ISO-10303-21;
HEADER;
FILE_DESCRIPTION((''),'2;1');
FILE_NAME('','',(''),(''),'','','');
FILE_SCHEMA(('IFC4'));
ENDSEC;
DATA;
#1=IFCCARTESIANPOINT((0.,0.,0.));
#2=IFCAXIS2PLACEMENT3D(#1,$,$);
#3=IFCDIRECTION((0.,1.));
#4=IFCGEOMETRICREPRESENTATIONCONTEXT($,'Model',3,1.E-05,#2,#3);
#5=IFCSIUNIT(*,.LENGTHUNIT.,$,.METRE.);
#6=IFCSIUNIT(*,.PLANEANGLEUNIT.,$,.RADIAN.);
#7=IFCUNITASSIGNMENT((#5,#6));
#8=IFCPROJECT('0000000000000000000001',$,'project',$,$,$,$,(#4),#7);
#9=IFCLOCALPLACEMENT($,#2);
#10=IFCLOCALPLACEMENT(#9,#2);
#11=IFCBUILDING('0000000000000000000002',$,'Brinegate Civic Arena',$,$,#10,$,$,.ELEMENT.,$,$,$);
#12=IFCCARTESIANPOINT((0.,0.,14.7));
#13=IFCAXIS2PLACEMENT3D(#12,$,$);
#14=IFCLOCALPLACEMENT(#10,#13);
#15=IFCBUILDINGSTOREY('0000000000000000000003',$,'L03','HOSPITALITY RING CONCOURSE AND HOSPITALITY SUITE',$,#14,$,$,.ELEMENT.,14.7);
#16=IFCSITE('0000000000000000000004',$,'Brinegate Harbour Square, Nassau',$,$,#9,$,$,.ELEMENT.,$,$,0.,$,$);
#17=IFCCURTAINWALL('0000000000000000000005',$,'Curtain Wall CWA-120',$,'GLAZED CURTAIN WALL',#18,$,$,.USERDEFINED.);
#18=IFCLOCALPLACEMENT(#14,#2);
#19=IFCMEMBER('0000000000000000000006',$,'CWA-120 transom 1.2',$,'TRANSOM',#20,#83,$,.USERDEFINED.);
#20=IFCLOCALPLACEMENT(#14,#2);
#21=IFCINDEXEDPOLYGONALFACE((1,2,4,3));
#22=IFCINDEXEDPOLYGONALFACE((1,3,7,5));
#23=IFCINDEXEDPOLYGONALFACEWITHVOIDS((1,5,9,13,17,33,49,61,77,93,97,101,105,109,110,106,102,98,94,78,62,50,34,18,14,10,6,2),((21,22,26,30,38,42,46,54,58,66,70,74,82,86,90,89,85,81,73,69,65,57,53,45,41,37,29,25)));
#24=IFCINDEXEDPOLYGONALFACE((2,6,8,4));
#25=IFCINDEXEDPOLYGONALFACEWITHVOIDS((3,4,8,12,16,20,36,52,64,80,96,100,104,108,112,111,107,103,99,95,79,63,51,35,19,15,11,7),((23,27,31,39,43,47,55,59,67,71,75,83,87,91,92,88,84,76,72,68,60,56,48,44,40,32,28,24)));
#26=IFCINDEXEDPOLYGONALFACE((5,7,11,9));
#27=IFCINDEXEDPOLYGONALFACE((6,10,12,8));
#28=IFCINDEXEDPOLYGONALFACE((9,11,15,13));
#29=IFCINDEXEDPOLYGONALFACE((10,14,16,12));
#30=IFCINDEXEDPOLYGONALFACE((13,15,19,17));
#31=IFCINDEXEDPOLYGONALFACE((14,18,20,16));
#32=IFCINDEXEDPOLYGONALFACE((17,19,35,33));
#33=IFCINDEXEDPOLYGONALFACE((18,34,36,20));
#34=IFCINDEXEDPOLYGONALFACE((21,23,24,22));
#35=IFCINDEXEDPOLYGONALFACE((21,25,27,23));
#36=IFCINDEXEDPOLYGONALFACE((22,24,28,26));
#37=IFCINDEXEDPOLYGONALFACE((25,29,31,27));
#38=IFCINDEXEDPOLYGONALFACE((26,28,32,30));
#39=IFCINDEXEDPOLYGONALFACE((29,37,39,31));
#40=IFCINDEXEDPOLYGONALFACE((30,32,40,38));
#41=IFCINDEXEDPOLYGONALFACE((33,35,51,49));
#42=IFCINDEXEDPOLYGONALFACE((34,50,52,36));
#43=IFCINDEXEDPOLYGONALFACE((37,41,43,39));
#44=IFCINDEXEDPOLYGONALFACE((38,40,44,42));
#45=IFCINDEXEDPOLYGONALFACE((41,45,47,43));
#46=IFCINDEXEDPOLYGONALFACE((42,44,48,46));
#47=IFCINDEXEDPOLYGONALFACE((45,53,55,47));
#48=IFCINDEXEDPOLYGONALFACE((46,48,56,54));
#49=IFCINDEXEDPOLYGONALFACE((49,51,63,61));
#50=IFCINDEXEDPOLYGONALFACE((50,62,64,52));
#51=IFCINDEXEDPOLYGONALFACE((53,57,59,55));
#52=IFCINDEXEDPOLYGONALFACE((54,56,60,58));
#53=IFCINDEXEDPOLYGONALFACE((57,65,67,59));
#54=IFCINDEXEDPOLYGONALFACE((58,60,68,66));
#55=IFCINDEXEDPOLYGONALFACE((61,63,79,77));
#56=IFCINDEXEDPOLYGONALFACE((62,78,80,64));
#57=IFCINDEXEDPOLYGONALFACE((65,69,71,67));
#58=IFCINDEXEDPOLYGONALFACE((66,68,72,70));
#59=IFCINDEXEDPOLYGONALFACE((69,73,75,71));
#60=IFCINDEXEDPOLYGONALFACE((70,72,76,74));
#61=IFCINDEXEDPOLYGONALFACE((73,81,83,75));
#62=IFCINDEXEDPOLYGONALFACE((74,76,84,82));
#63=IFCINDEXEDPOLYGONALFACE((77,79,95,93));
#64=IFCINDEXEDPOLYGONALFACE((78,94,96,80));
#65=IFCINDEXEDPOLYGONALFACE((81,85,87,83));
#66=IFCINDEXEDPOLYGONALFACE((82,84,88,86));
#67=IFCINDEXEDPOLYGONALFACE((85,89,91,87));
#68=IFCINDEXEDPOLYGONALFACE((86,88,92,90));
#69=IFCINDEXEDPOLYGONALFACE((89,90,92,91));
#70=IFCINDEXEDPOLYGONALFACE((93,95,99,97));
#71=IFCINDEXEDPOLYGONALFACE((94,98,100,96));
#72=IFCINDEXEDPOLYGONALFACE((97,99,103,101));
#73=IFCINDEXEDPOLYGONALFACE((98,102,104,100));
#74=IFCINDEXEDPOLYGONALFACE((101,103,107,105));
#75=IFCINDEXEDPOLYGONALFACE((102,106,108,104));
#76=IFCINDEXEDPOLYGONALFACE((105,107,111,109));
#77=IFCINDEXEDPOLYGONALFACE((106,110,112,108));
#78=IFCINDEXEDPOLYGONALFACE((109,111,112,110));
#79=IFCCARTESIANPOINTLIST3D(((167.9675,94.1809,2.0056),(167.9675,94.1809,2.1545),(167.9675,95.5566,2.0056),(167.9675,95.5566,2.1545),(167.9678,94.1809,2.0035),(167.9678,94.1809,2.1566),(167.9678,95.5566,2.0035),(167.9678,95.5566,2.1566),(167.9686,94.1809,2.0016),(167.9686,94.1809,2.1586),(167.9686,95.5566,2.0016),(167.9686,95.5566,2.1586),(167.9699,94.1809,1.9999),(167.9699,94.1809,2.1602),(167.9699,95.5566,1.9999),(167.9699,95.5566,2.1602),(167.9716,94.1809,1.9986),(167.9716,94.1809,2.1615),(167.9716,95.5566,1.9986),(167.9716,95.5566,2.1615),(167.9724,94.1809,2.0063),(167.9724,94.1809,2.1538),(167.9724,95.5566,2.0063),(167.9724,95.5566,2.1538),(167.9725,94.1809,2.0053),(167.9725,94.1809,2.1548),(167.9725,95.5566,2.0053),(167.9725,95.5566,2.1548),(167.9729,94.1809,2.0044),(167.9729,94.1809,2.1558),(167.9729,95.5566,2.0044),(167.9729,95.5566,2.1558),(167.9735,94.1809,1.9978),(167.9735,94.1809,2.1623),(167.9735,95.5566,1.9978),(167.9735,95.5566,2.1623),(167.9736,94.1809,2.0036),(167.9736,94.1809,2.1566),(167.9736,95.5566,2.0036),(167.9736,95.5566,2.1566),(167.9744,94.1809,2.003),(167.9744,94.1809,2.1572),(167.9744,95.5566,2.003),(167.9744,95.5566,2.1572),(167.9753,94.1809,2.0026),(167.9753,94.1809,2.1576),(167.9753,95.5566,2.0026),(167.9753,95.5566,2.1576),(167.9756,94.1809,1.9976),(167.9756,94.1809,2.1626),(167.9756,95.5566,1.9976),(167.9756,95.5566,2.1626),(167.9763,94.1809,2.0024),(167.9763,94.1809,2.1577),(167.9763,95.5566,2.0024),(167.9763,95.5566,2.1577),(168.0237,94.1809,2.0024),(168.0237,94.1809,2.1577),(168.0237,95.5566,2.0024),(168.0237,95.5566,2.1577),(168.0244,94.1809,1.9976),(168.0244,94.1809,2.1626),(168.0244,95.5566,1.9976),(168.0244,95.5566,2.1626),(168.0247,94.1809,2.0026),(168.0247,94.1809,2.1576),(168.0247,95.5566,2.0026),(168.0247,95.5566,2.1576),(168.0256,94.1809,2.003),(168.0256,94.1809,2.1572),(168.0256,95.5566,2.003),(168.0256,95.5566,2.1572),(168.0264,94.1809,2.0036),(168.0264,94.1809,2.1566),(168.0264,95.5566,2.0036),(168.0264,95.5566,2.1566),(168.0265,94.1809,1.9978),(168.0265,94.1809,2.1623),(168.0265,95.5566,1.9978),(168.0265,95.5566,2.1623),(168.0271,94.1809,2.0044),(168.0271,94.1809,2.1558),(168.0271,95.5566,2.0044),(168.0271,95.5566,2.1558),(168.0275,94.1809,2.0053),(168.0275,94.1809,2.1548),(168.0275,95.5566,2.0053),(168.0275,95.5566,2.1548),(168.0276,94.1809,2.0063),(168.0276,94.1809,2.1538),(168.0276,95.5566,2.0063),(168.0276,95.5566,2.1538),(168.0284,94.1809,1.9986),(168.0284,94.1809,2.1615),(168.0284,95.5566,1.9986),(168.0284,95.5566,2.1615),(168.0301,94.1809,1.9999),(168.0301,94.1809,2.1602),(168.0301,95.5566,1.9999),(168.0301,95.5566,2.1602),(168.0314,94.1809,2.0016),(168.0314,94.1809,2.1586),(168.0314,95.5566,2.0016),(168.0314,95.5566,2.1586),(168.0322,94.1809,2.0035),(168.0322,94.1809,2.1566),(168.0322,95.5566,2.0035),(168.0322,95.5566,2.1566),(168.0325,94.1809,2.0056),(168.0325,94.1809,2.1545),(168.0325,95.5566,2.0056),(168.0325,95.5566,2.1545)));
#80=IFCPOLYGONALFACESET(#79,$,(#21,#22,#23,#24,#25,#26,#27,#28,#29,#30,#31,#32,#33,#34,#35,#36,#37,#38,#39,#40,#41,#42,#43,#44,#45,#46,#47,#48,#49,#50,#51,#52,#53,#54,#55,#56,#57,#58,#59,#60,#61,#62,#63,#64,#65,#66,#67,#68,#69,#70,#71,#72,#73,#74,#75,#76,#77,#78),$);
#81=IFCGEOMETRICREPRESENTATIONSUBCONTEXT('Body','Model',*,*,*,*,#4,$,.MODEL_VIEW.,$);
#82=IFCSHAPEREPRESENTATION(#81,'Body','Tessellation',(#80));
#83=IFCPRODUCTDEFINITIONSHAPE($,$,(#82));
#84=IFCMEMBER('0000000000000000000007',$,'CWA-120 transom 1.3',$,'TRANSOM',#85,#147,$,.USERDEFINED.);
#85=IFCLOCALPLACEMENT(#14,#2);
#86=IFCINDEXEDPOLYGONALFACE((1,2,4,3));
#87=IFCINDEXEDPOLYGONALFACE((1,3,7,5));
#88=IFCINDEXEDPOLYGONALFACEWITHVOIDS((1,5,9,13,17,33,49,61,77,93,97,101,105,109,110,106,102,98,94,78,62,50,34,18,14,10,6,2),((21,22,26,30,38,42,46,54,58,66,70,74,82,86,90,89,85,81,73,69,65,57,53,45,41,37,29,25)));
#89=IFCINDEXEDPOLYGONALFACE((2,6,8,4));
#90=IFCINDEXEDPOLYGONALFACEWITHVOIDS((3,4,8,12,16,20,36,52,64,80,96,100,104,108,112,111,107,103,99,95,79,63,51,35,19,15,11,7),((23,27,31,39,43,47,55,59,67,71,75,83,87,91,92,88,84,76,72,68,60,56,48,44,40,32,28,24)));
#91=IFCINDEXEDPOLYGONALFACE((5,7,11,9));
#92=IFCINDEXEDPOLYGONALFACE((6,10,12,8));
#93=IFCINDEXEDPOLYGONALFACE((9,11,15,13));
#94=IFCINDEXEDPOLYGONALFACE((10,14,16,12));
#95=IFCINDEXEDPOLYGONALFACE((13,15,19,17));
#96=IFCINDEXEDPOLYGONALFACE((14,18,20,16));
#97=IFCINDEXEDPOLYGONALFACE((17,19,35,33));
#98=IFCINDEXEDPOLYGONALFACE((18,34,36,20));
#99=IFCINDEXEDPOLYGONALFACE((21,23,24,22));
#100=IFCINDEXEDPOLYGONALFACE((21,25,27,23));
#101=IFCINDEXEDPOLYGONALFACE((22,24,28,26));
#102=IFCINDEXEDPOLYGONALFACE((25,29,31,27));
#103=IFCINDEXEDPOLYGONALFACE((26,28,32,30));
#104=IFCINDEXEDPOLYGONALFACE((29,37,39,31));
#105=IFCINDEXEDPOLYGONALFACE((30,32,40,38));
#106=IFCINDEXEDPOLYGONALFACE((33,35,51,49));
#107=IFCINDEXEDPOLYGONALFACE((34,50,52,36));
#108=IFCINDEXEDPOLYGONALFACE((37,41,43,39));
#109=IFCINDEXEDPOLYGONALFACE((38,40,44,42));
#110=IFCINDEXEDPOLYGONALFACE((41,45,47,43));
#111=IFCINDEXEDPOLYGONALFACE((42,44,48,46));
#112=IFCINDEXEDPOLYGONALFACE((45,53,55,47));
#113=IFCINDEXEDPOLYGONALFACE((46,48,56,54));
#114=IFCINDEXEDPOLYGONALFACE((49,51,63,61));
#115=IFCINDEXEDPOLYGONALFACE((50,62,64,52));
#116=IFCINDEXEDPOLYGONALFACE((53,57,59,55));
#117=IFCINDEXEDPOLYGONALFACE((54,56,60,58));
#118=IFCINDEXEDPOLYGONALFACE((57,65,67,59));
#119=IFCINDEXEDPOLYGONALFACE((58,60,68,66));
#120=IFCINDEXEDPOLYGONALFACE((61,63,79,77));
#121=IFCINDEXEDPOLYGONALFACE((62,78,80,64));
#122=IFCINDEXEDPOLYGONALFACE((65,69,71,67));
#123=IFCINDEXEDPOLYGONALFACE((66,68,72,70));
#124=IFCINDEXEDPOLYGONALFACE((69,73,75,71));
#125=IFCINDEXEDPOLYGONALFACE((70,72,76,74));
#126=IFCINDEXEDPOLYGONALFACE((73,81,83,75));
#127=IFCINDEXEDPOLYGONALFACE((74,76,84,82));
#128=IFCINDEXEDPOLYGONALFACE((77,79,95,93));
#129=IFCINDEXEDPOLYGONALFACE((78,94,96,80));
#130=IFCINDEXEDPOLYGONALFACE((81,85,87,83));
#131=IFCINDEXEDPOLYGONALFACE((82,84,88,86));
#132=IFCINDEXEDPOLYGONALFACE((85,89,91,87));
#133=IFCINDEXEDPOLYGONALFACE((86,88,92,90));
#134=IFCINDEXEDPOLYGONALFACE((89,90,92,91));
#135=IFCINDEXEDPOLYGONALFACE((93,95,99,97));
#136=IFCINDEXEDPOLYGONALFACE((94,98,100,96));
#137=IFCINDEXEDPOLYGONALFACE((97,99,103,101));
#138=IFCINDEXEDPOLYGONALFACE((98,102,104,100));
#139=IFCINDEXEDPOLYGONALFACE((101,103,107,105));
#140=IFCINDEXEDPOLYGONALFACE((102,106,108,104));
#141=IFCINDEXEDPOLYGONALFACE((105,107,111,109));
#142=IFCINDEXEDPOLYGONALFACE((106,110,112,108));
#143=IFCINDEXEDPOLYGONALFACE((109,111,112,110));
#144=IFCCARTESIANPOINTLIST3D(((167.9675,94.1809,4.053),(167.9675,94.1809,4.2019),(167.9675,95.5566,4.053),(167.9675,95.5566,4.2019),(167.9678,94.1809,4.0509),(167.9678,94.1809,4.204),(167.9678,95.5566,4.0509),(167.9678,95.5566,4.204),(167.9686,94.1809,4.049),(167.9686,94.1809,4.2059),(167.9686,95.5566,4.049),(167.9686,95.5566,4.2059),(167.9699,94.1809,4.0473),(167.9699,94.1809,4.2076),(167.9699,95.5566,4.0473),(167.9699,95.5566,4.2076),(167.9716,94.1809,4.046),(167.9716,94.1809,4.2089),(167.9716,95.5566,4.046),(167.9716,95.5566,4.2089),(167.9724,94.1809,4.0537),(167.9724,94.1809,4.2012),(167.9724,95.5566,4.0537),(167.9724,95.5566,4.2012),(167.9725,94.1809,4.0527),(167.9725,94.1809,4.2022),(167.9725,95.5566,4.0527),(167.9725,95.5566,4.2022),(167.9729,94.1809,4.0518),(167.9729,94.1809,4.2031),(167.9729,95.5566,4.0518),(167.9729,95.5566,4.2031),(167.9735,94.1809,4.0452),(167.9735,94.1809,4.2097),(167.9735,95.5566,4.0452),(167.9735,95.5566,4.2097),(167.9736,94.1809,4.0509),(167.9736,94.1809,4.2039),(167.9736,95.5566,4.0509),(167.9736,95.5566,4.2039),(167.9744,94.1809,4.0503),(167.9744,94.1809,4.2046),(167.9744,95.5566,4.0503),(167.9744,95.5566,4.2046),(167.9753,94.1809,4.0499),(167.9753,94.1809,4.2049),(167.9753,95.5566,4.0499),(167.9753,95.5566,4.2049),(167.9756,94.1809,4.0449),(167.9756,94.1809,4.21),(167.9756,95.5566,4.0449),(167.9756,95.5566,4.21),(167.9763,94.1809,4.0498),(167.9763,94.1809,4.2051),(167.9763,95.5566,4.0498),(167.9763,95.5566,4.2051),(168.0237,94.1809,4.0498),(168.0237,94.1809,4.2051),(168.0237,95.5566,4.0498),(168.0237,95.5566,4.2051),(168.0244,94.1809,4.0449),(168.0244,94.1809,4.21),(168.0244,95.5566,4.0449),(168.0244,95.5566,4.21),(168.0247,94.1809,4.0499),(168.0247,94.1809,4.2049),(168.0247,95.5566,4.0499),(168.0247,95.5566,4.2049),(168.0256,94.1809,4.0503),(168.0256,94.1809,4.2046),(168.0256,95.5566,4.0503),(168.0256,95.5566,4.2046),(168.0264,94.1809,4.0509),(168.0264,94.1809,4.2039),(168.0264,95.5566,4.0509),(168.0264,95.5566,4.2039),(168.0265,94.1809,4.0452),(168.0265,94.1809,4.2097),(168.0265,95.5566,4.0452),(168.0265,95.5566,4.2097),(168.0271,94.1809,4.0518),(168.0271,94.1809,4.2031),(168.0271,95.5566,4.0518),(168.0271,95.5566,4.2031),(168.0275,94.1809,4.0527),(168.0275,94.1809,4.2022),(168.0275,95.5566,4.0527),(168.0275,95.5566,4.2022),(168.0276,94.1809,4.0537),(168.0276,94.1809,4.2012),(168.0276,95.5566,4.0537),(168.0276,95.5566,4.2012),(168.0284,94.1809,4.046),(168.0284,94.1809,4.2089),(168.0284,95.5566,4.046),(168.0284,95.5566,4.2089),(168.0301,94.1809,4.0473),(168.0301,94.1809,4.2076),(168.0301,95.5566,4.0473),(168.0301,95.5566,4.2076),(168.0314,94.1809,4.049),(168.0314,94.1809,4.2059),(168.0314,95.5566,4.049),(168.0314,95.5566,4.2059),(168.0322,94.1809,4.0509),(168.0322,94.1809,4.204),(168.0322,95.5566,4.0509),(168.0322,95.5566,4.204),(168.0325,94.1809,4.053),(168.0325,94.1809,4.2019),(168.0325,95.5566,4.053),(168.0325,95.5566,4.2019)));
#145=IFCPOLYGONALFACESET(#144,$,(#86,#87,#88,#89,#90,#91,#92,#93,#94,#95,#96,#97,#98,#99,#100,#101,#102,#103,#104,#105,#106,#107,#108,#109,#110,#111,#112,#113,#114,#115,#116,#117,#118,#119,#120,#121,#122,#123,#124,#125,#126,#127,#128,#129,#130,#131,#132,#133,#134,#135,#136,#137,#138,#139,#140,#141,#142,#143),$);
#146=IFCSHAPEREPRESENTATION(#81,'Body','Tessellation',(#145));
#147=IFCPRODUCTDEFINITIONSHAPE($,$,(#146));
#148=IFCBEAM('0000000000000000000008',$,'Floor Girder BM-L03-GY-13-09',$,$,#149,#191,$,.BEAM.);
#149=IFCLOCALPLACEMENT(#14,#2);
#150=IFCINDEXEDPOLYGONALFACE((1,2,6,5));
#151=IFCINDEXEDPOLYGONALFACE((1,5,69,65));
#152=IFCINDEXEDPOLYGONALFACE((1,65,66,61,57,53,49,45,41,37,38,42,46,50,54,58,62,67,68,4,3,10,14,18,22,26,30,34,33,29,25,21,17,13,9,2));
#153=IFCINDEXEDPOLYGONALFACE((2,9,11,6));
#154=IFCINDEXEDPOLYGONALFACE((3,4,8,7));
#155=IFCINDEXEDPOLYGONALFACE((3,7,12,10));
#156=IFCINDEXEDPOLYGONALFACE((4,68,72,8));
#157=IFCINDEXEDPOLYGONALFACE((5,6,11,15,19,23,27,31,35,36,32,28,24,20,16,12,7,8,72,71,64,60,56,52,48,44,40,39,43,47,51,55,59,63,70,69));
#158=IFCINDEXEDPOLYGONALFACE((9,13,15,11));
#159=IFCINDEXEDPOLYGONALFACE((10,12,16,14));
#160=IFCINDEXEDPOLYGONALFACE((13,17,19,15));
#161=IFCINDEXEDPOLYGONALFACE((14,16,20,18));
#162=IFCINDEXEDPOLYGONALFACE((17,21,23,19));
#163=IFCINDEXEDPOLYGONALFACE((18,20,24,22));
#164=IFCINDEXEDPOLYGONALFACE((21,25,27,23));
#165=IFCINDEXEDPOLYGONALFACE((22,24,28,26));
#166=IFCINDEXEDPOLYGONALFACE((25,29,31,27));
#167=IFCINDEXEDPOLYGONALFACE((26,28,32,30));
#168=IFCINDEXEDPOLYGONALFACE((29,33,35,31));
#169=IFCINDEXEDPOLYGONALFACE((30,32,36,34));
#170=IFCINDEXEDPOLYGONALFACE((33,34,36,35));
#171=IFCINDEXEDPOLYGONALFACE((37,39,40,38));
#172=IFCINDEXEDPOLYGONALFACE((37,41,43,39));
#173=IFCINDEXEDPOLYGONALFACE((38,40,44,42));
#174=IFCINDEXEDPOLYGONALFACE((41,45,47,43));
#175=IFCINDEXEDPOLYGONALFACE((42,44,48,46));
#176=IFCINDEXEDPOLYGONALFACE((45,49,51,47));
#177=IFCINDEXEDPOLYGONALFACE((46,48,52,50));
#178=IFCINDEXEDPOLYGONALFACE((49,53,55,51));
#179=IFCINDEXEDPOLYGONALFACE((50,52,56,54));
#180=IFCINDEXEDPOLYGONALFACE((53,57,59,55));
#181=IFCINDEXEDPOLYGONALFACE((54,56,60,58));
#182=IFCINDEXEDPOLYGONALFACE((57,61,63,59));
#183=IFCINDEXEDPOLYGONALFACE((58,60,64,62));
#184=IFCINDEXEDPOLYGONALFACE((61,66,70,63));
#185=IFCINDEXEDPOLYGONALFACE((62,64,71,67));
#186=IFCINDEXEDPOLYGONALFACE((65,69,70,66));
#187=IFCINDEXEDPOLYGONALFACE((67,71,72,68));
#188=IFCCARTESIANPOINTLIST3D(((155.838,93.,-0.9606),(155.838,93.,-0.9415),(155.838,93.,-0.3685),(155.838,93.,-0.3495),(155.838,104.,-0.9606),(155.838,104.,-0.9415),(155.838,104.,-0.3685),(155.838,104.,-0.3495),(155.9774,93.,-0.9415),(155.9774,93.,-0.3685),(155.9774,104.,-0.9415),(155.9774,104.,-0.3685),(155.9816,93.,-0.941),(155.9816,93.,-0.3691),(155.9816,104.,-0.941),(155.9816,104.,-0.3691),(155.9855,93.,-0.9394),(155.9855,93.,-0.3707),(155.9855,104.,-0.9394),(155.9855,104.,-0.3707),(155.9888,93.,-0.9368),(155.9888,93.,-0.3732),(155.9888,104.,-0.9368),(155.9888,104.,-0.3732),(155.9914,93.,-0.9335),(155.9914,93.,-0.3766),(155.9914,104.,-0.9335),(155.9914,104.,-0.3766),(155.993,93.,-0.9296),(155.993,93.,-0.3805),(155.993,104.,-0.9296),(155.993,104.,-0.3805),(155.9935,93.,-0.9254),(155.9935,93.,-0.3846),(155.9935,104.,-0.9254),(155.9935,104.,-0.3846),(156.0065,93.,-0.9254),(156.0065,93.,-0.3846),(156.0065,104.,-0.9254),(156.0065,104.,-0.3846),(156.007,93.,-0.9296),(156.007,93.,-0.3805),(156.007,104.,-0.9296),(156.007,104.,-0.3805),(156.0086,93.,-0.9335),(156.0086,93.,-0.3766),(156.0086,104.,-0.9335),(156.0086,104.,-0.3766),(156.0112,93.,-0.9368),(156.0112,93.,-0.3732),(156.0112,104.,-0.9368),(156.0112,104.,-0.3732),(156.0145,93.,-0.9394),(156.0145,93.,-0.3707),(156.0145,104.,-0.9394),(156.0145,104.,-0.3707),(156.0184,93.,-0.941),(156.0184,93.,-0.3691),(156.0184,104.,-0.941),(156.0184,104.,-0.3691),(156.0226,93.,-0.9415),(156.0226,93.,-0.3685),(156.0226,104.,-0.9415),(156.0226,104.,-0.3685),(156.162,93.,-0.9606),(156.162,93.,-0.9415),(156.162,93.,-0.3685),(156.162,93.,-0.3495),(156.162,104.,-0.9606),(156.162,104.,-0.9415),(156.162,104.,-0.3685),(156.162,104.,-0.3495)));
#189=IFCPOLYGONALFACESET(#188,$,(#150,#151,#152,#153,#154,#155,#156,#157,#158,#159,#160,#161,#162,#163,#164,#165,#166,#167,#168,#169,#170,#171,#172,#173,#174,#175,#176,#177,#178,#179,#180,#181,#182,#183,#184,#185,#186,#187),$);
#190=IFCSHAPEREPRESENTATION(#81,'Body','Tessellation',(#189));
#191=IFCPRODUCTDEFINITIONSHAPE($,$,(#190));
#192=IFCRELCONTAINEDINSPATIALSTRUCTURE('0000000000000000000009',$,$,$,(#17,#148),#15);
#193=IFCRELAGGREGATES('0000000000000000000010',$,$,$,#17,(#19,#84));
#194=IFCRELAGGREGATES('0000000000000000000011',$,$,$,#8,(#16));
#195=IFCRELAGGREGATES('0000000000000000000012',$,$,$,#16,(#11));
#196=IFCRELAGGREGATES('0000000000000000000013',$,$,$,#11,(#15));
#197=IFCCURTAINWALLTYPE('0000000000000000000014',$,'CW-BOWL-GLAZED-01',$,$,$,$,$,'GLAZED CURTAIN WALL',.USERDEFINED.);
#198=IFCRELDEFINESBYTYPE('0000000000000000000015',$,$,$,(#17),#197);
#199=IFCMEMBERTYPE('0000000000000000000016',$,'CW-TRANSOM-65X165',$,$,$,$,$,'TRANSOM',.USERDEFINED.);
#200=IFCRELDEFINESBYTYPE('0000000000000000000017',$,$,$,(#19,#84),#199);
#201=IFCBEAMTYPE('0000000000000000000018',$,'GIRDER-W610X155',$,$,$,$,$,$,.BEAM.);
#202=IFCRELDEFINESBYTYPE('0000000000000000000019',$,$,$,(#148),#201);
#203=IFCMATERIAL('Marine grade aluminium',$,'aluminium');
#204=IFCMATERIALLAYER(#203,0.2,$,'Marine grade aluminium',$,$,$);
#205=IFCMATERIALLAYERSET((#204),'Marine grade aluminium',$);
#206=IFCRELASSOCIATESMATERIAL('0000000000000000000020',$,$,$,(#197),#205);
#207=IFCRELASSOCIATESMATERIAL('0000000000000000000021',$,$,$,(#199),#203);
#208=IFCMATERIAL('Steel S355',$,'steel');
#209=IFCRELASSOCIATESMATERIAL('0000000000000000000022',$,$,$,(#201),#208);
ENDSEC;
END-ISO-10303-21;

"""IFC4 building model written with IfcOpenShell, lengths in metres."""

from ifc_helpers import new_model, si_unit, direction, frame, origin, origin_2d, place, context, subcontext, project, spatial, hollow_rectangle, i_section, extrude, material, layer, layer_set, material_profile, profile_set, type_object, element, aggregate, save


model = new_model("IFC4")

# Units and contexts
model_context = context("Model", 3, precision=1e-05, world=origin(), true_north=direction((0.0, 1.0)))
body_context = subcontext(model_context, "Body", "Model", "MODEL_VIEW")
ifc_project = project(units=[si_unit("LENGTHUNIT", "METRE"), si_unit("PLANEANGLEUNIT", "RADIAN")], contexts=[model_context])

# Site, building, storey
site_placement = place(None, origin())
site = spatial("IfcSite", under=ifc_project, at=site_placement, Name="Brinegate Harbour Square, Nassau", CompositionType="ELEMENT", RefElevation=0.0)
building_placement = place(site_placement, origin())
building = spatial("IfcBuilding", under=site, at=building_placement, Name="Brinegate Civic Arena", CompositionType="ELEMENT")
storey_placement = place(building_placement, frame((0.0, 0.0, 14.7)))
storey = spatial("IfcBuildingStorey", under=building, at=storey_placement, Name="L03", Description="HOSPITALITY RING CONCOURSE AND HOSPITALITY SUITE", CompositionType="ELEMENT", Elevation=14.7)

# Curtain wall
ifc_material_1 = material(Name="Marine grade aluminium", Category="aluminium")
ifc_layer_1 = layer(ifc_material_1, 0.2, Name="Marine grade aluminium")
ifc_layer_set_1 = layer_set([ifc_layer_1], Name="Marine grade aluminium")
curtain_wall_type = type_object("IfcCurtainWallType", Name="CW-BOWL-GLAZED-01", ElementType="GLAZED CURTAIN WALL", PredefinedType="USERDEFINED", material=ifc_layer_set_1)
curtain_wall_1_placement = place(storey_placement, origin())
curtain_wall_1 = element("IfcCurtainWall", 1, at=curtain_wall_1_placement, inside=storey, type_object=curtain_wall_type, Name="Curtain Wall CWA-120", ObjectType="GLAZED CURTAIN WALL", PredefinedType="USERDEFINED")

# Members
ifc_material_profile_1 = material_profile(ifc_material_1, hollow_rectangle(XDim=0.0649, YDim=0.165, WallThickness=0.0049, InnerFilletRadius=0.0039, OuterFilletRadius=0.0081, at=origin_2d()), Name="TRN65X165")
ifc_profile_set_1 = profile_set([ifc_material_profile_1], Name="Marine grade aluminium")
member_type_1 = type_object("IfcMemberType", Name="CW-TRANSOM-65X165", ElementType="TRANSOM", PredefinedType="USERDEFINED", material=ifc_profile_set_1)
member_1_placement = place(storey_placement, frame((168.0, 94.1809, 2.0801), z_axis=(0.0, 1.0, 0.0), x_axis=(-1.0, 0.0, 0.0)))
member_1 = element("IfcMember", 2, at=member_1_placement, type_object=member_type_1, Name="CWA-120 transom 1.2", ObjectType="TRANSOM", PredefinedType="USERDEFINED", context=body_context, shape_type="SweptSolid", body=[
    extrude(hollow_rectangle(XDim=0.0649, YDim=0.165, WallThickness=0.0049, InnerFilletRadius=0.0039, OuterFilletRadius=0.0081, at=origin_2d()), origin(), (0.0, 0.0, 1.0), 1.3757),
])
member_2_placement = place(storey_placement, frame((168.0, 94.1809, 4.1274), z_axis=(0.0, 1.0, 0.0), x_axis=(-1.0, 0.0, 0.0)))
member_2 = element("IfcMember", 3, at=member_2_placement, type_object=member_type_1, Name="CWA-120 transom 1.3", ObjectType="TRANSOM", PredefinedType="USERDEFINED", context=body_context, shape_type="SweptSolid", body=[
    extrude(hollow_rectangle(XDim=0.0649, YDim=0.165, WallThickness=0.0049, InnerFilletRadius=0.0039, OuterFilletRadius=0.0081, at=origin_2d()), origin(), (0.0, 0.0, 1.0), 1.3757),
])
aggregate(curtain_wall_1, [member_1, member_2])

# Beam
ifc_material_2 = material(Name="Steel S355", Category="steel")
ifc_material_profile_2 = material_profile(ifc_material_2, i_section(OverallWidth=0.324, OverallDepth=0.6111, WebThickness=0.0129, FlangeThickness=0.019, FilletRadius=0.0161, at=origin_2d()), Name="W610X155")
ifc_profile_set_2 = profile_set([ifc_material_profile_2], Name="Steel S355")
beam_type_1 = type_object("IfcBeamType", Name="GIRDER-W610X155", PredefinedType="BEAM", material=ifc_profile_set_2)
beam_1_placement = place(storey_placement, frame((156.0, 93.0, -0.655), z_axis=(0.0, 1.0, 0.0), x_axis=(-1.0, 0.0, 0.0)))
element("IfcBeam", 4, at=beam_1_placement, inside=storey, type_object=beam_type_1, Name="Floor Girder BM-L03-GY-13-09", PredefinedType="BEAM", context=body_context, shape_type="SweptSolid", body=[
    extrude(i_section(OverallWidth=0.324, OverallDepth=0.6111, WebThickness=0.0129, FlangeThickness=0.019, FilletRadius=0.0161, at=origin_2d()), origin(), (0.0, 0.0, 1.0), 11.0),
])

save(model, "model.ifc")
